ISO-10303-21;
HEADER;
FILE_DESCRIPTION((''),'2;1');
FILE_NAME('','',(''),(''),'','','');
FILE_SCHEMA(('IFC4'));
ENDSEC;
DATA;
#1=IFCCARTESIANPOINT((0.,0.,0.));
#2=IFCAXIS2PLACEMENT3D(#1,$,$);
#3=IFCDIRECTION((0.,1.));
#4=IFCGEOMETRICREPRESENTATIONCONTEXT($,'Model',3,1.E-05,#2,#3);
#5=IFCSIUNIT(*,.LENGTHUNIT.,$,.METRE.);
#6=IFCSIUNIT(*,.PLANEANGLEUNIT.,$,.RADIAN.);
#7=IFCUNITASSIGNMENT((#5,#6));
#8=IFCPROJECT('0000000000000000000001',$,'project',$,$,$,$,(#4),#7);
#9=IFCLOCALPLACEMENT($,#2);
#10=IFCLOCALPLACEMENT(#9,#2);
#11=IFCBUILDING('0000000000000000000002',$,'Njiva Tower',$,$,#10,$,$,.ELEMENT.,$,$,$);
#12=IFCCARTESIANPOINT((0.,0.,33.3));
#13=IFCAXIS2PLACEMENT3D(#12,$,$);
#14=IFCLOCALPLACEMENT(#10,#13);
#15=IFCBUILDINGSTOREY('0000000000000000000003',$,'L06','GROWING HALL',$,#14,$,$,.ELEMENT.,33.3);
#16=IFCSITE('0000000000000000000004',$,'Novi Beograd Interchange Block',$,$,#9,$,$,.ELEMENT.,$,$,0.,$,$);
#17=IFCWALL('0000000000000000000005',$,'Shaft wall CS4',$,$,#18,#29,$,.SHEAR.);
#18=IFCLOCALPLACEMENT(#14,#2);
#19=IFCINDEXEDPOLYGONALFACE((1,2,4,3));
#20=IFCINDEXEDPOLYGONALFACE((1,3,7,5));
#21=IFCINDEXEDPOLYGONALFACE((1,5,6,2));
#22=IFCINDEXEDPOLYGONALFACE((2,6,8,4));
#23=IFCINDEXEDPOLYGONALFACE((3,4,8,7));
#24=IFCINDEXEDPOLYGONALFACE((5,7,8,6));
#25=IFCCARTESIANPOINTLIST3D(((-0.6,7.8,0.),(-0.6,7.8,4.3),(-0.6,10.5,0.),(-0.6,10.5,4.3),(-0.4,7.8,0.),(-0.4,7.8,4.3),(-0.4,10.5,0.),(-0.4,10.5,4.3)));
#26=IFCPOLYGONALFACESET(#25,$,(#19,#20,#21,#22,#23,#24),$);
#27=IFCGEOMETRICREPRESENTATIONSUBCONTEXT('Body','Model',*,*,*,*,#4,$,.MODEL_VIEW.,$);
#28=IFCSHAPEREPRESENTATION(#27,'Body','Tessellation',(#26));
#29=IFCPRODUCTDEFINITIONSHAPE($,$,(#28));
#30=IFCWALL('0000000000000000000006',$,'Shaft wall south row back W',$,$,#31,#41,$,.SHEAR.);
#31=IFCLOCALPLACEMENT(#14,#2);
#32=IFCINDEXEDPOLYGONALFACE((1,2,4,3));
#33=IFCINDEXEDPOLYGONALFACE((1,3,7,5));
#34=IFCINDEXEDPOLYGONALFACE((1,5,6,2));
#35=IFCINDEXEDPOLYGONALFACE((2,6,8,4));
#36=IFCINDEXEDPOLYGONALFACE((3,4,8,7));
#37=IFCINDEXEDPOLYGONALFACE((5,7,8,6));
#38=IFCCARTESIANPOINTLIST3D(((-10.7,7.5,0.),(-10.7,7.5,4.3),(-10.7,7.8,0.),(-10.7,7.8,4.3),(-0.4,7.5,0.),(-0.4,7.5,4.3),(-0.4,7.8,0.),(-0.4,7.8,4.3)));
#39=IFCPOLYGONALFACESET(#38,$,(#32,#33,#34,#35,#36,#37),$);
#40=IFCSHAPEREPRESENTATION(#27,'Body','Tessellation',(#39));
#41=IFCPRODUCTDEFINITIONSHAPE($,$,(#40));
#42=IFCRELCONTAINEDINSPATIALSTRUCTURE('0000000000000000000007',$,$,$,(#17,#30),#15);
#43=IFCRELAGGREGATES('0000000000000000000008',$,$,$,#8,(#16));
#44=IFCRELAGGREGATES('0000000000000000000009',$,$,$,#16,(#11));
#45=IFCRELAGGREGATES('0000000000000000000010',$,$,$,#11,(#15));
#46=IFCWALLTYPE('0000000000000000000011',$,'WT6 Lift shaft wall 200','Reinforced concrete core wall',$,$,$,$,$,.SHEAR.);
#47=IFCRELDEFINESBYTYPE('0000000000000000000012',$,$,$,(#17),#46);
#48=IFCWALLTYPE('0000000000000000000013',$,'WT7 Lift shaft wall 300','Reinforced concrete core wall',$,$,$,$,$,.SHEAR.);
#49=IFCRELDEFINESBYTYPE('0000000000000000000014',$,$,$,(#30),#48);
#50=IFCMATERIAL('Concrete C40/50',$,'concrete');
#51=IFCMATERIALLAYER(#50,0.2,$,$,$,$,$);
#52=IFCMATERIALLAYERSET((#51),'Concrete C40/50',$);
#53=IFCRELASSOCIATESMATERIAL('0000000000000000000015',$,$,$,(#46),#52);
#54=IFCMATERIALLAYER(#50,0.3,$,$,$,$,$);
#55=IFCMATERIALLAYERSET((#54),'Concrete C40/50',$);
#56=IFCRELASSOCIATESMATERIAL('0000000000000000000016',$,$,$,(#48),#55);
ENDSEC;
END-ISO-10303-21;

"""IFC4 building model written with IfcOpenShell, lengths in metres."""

from ifc_helpers import new_model, si_unit, direction, frame, frame_2d, origin, place, context, subcontext, project, spatial, rectangle, extrude, material, layer, layer_set, type_object, element, save


model = new_model("IFC4")

# Units and contexts
model_context = context("Model", 3, precision=1e-05, world=origin(), true_north=direction((0.0, 1.0)))
body_context = subcontext(model_context, "Body", "Model", "MODEL_VIEW")
ifc_project = project(units=[si_unit("LENGTHUNIT", "METRE"), si_unit("PLANEANGLEUNIT", "RADIAN")], contexts=[model_context])

# Site, building, storey
site_placement = place(None, origin())
site = spatial("IfcSite", under=ifc_project, at=site_placement, Name="Novi Beograd Interchange Block", CompositionType="ELEMENT", RefElevation=0.0)
building_placement = place(site_placement, origin())
building = spatial("IfcBuilding", under=site, at=building_placement, Name="Njiva Tower", CompositionType="ELEMENT")
storey_placement = place(building_placement, frame((0.0, 0.0, 33.3)))
storey = spatial("IfcBuildingStorey", under=building, at=storey_placement, Name="L06", Description="GROWING HALL", CompositionType="ELEMENT", Elevation=33.3)

# Shared definitions
ifc_material_1 = material(Name="Concrete C40/50", Category="concrete")

# Walls
ifc_layer_1 = layer(ifc_material_1, 0.2)
ifc_layer_set_1 = layer_set([ifc_layer_1], Name="Concrete C40/50")
wall_type_1 = type_object("IfcWallType", Name="WT6 Lift shaft wall 200", Description="Reinforced concrete core wall", PredefinedType="SHEAR", material=ifc_layer_set_1)
for number, where, z_axis, x_axis, name in (
    (1, (-0.5, 7.8, 0.0), (0.0, 0.0, 1.0), (0.0, 1.0, 0.0), "Shaft wall CS4"),
):
    element("IfcWall", number, at=place(storey_placement, frame(where, z_axis=z_axis, x_axis=x_axis)), inside=storey, type_object=wall_type_1, Name=name, PredefinedType="SHEAR", context=body_context, shape_type="SweptSolid", body=[
        extrude(rectangle(XDim=2.7, YDim=0.2, at=frame_2d((1.35, 0.0))), origin(), (0.0, 0.0, 1.0), 4.3),
    ])
ifc_layer_2 = layer(ifc_material_1, 0.3)
ifc_layer_set_2 = layer_set([ifc_layer_2], Name="Concrete C40/50")
wall_type_2 = type_object("IfcWallType", Name="WT7 Lift shaft wall 300", Description="Reinforced concrete core wall", PredefinedType="SHEAR", material=ifc_layer_set_2)
wall_1_placement = place(storey_placement, frame((-10.7, 7.65, 0.0), z_axis=(0.0, 0.0, 1.0), x_axis=(1.0, 0.0, 0.0)))
element("IfcWall", 2, at=wall_1_placement, inside=storey, type_object=wall_type_2, Name="Shaft wall south row back W", PredefinedType="SHEAR", context=body_context, shape_type="SweptSolid", body=[
    extrude(rectangle(XDim=10.3, YDim=0.3, at=frame_2d((5.15, 0.0))), origin(), (0.0, 0.0, 1.0), 4.3),
])

save(model, "model.ifc")
